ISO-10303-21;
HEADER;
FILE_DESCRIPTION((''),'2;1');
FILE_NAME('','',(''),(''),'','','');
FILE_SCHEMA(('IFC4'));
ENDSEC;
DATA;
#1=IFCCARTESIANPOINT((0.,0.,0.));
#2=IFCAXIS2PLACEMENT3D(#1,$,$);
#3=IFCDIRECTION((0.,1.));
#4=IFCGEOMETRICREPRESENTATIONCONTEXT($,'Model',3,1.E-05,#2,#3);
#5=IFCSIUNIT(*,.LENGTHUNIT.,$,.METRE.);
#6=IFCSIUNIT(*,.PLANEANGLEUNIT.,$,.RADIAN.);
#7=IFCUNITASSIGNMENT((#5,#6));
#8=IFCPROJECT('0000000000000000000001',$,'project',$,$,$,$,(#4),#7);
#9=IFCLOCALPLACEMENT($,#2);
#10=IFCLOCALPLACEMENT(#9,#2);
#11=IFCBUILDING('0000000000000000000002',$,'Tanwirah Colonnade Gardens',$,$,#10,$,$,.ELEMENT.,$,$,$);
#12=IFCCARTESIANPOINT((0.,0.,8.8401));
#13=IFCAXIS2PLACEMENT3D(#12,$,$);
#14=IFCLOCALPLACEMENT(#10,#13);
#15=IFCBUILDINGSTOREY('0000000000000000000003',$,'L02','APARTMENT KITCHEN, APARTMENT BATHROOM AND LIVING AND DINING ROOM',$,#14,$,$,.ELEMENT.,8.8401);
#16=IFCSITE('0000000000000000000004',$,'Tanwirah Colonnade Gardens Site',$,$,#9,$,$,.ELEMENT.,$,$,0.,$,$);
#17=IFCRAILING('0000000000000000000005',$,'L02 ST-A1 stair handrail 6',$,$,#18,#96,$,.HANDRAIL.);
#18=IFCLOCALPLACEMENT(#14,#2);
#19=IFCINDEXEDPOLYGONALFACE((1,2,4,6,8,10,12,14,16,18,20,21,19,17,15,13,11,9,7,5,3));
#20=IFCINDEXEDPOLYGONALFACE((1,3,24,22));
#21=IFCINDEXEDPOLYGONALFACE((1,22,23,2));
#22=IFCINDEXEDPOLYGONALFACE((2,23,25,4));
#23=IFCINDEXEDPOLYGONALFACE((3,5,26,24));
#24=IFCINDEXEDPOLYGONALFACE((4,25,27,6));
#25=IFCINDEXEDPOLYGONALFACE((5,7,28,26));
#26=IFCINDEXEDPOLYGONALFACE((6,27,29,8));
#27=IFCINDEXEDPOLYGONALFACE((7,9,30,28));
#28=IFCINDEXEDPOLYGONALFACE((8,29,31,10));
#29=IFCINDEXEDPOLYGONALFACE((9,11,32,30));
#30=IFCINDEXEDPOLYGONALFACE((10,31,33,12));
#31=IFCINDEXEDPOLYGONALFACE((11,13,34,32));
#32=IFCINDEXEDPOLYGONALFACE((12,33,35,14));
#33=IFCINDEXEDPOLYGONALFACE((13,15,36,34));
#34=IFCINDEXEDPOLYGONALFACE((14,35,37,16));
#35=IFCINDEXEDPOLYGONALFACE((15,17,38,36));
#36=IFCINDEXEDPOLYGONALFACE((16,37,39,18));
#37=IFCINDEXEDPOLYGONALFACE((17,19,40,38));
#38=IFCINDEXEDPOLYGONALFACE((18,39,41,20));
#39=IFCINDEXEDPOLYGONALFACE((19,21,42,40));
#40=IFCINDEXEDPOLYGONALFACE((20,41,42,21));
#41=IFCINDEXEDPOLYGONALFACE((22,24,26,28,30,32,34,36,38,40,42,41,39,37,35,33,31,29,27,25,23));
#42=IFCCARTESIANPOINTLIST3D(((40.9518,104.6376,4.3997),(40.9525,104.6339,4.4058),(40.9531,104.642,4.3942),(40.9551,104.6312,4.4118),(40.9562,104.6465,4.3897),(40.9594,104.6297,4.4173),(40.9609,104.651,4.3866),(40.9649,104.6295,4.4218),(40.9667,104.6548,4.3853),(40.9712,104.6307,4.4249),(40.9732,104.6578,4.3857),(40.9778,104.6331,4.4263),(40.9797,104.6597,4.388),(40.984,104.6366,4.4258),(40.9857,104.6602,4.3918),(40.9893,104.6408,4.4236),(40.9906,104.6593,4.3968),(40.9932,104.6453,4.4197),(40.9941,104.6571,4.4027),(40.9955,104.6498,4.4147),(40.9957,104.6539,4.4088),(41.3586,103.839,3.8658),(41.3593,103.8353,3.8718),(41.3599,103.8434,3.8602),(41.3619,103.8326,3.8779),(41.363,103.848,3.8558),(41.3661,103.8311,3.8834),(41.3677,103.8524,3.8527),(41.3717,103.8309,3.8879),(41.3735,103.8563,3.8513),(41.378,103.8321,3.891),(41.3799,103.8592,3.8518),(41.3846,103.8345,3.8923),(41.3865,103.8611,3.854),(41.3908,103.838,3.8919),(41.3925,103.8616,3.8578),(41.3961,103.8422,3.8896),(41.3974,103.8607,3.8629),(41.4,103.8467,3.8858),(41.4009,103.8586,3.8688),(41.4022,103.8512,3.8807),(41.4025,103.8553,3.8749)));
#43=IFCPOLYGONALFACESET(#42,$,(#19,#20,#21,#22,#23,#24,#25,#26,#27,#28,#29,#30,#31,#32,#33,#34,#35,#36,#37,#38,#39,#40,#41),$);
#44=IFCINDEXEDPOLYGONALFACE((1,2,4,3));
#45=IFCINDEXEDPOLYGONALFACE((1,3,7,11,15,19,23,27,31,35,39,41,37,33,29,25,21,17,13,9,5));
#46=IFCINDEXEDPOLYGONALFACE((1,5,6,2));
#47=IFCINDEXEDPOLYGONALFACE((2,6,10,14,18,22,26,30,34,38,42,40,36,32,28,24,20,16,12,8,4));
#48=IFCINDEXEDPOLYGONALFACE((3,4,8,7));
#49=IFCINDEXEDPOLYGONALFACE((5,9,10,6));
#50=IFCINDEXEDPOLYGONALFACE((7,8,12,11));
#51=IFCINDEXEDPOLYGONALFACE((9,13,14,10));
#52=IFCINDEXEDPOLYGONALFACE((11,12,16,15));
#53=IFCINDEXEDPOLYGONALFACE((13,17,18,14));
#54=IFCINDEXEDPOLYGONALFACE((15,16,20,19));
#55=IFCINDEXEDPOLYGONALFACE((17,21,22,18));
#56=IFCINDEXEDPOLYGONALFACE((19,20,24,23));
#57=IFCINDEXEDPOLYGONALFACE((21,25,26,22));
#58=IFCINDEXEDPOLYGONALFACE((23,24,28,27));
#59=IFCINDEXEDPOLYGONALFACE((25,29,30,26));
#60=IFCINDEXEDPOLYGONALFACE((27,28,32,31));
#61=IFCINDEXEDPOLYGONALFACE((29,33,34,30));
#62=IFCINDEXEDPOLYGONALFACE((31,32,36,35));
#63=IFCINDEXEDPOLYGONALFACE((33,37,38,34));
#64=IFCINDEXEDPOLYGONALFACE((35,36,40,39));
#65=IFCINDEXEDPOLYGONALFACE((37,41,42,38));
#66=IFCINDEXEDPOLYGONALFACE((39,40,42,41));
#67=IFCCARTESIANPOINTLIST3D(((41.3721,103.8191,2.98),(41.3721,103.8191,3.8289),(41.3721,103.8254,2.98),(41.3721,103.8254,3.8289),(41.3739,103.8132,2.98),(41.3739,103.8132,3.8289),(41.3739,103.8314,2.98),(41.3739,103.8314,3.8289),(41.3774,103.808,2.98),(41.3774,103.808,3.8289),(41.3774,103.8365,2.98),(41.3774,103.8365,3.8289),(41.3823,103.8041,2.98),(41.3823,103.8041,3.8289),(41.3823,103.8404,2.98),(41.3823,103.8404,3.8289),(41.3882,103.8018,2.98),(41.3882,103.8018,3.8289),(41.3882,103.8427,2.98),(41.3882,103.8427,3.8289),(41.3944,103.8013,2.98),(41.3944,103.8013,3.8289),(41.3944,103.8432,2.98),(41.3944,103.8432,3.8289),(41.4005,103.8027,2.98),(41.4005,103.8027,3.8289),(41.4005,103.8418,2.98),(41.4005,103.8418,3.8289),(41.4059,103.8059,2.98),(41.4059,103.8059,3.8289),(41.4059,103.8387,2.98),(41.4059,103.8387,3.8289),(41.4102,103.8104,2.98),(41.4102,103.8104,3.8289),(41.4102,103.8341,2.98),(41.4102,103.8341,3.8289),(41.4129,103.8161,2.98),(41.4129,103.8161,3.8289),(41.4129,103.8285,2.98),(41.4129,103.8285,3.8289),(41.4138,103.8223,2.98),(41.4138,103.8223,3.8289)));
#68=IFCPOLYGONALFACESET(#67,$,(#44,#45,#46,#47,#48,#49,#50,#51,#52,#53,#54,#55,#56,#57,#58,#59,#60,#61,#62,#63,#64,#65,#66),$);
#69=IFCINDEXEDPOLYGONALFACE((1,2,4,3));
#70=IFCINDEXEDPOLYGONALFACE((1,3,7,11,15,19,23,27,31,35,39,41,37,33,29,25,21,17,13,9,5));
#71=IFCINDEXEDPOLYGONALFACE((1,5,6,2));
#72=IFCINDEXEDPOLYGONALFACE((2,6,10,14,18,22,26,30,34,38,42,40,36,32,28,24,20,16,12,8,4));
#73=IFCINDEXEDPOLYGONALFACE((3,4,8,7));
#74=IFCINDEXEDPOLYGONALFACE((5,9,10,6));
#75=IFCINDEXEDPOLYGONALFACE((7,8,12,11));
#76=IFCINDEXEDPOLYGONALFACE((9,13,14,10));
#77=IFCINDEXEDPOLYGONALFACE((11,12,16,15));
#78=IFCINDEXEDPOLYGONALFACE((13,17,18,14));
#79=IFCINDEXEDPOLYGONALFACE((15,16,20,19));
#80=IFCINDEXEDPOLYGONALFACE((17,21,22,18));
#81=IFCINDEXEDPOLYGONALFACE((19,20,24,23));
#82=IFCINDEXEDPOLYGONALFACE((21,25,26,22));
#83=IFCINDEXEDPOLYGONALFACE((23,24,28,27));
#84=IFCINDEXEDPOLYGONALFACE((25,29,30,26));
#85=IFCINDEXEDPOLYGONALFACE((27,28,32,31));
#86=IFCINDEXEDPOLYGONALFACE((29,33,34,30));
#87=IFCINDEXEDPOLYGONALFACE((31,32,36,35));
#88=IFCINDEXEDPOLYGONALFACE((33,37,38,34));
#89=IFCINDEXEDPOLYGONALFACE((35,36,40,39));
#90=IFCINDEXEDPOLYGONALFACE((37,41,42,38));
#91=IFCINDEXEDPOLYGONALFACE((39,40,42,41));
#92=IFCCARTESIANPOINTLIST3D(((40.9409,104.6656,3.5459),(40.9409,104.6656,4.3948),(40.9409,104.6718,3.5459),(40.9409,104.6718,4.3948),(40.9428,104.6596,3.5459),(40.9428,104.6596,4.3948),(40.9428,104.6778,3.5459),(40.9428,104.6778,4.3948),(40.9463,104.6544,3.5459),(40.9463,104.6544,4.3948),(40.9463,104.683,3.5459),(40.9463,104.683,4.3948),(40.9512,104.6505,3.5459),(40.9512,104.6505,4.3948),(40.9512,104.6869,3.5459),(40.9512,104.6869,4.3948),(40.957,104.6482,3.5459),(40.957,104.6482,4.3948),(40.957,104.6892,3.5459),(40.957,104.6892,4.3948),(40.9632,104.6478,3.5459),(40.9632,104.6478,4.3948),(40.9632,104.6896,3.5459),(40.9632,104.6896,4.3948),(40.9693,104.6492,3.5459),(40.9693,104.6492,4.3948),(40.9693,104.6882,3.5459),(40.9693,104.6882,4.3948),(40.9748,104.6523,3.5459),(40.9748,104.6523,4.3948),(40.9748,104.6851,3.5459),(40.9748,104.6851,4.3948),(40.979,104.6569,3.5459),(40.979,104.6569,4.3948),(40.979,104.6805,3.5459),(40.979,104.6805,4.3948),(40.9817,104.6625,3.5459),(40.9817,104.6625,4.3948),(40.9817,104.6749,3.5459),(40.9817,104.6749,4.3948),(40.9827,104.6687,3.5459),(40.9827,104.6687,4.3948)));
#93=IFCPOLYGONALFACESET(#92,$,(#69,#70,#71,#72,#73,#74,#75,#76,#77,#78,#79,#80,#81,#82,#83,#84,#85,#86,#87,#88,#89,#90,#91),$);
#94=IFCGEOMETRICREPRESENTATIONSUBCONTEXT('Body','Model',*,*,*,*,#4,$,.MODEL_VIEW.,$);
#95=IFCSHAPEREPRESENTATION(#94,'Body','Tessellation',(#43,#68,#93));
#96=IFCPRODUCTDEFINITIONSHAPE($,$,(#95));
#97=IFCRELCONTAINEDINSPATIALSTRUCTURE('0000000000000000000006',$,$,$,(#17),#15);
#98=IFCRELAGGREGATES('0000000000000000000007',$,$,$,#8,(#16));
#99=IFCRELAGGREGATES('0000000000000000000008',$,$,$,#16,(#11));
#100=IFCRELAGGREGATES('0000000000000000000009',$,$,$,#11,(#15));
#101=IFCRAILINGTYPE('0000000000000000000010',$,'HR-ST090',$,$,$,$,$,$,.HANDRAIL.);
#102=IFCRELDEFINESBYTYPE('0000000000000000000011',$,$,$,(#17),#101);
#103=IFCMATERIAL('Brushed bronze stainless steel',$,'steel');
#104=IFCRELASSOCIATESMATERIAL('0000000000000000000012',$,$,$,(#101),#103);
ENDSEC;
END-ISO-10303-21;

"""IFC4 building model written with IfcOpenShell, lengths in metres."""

from ifc_helpers import new_model, si_unit, direction, frame, origin, origin_2d, place, context, subcontext, project, spatial, circle, extrude, material, type_object, element, save


model = new_model("IFC4")

# Units and contexts
model_context = context("Model", 3, precision=1e-05, world=origin(), true_north=direction((0.0, 1.0)))
body_context = subcontext(model_context, "Body", "Model", "MODEL_VIEW")
ifc_project = project(units=[si_unit("LENGTHUNIT", "METRE"), si_unit("PLANEANGLEUNIT", "RADIAN")], contexts=[model_context])

# Site, building, storey
site_placement = place(None, origin())
site = spatial("IfcSite", under=ifc_project, at=site_placement, Name="Tanwirah Colonnade Gardens Site", CompositionType="ELEMENT", RefElevation=0.0)
building_placement = place(site_placement, origin())
building = spatial("IfcBuilding", under=site, at=building_placement, Name="Tanwirah Colonnade Gardens", CompositionType="ELEMENT")
storey_placement = place(building_placement, frame((0.0, 0.0, 8.8401)))
storey = spatial("IfcBuildingStorey", under=building, at=storey_placement, Name="L02", Description="APARTMENT KITCHEN, APARTMENT BATHROOM AND LIVING AND DINING ROOM", CompositionType="ELEMENT", Elevation=8.8401)

# Railing
ifc_material_1 = material(Name="Brushed bronze stainless steel", Category="steel")
railing_type_1 = type_object("IfcRailingType", Name="HR-ST090", PredefinedType="HANDRAIL", material=ifc_material_1)
railing_1_placement = place(storey_placement, frame((41.3928, 103.8223, 2.98)))
element("IfcRailing", 1, at=railing_1_placement, inside=storey, type_object=railing_type_1, Name="L02 ST-A1 stair handrail 6", PredefinedType="HANDRAIL", context=body_context, shape_type="SweptSolid", body=[
    extrude(circle(Radius=0.0239, at=origin_2d()), frame((-0.0122, 0.0239, 0.8918), z_axis=(-0.38993, 0.765509, 0.511811), x_axis=(-0.891061, -0.453883, 0.0)), (0.0, 0.0, 1.0), 1.0432),
    extrude(circle(Radius=0.021, at=origin_2d()), origin(), (0.0, 0.0, 1.0), 0.8489),
    extrude(circle(Radius=0.021, at=origin_2d()), frame((-0.4312, 0.8464, 0.5659)), (0.0, 0.0, 1.0), 0.8489),
])

save(model, "model.ifc")
